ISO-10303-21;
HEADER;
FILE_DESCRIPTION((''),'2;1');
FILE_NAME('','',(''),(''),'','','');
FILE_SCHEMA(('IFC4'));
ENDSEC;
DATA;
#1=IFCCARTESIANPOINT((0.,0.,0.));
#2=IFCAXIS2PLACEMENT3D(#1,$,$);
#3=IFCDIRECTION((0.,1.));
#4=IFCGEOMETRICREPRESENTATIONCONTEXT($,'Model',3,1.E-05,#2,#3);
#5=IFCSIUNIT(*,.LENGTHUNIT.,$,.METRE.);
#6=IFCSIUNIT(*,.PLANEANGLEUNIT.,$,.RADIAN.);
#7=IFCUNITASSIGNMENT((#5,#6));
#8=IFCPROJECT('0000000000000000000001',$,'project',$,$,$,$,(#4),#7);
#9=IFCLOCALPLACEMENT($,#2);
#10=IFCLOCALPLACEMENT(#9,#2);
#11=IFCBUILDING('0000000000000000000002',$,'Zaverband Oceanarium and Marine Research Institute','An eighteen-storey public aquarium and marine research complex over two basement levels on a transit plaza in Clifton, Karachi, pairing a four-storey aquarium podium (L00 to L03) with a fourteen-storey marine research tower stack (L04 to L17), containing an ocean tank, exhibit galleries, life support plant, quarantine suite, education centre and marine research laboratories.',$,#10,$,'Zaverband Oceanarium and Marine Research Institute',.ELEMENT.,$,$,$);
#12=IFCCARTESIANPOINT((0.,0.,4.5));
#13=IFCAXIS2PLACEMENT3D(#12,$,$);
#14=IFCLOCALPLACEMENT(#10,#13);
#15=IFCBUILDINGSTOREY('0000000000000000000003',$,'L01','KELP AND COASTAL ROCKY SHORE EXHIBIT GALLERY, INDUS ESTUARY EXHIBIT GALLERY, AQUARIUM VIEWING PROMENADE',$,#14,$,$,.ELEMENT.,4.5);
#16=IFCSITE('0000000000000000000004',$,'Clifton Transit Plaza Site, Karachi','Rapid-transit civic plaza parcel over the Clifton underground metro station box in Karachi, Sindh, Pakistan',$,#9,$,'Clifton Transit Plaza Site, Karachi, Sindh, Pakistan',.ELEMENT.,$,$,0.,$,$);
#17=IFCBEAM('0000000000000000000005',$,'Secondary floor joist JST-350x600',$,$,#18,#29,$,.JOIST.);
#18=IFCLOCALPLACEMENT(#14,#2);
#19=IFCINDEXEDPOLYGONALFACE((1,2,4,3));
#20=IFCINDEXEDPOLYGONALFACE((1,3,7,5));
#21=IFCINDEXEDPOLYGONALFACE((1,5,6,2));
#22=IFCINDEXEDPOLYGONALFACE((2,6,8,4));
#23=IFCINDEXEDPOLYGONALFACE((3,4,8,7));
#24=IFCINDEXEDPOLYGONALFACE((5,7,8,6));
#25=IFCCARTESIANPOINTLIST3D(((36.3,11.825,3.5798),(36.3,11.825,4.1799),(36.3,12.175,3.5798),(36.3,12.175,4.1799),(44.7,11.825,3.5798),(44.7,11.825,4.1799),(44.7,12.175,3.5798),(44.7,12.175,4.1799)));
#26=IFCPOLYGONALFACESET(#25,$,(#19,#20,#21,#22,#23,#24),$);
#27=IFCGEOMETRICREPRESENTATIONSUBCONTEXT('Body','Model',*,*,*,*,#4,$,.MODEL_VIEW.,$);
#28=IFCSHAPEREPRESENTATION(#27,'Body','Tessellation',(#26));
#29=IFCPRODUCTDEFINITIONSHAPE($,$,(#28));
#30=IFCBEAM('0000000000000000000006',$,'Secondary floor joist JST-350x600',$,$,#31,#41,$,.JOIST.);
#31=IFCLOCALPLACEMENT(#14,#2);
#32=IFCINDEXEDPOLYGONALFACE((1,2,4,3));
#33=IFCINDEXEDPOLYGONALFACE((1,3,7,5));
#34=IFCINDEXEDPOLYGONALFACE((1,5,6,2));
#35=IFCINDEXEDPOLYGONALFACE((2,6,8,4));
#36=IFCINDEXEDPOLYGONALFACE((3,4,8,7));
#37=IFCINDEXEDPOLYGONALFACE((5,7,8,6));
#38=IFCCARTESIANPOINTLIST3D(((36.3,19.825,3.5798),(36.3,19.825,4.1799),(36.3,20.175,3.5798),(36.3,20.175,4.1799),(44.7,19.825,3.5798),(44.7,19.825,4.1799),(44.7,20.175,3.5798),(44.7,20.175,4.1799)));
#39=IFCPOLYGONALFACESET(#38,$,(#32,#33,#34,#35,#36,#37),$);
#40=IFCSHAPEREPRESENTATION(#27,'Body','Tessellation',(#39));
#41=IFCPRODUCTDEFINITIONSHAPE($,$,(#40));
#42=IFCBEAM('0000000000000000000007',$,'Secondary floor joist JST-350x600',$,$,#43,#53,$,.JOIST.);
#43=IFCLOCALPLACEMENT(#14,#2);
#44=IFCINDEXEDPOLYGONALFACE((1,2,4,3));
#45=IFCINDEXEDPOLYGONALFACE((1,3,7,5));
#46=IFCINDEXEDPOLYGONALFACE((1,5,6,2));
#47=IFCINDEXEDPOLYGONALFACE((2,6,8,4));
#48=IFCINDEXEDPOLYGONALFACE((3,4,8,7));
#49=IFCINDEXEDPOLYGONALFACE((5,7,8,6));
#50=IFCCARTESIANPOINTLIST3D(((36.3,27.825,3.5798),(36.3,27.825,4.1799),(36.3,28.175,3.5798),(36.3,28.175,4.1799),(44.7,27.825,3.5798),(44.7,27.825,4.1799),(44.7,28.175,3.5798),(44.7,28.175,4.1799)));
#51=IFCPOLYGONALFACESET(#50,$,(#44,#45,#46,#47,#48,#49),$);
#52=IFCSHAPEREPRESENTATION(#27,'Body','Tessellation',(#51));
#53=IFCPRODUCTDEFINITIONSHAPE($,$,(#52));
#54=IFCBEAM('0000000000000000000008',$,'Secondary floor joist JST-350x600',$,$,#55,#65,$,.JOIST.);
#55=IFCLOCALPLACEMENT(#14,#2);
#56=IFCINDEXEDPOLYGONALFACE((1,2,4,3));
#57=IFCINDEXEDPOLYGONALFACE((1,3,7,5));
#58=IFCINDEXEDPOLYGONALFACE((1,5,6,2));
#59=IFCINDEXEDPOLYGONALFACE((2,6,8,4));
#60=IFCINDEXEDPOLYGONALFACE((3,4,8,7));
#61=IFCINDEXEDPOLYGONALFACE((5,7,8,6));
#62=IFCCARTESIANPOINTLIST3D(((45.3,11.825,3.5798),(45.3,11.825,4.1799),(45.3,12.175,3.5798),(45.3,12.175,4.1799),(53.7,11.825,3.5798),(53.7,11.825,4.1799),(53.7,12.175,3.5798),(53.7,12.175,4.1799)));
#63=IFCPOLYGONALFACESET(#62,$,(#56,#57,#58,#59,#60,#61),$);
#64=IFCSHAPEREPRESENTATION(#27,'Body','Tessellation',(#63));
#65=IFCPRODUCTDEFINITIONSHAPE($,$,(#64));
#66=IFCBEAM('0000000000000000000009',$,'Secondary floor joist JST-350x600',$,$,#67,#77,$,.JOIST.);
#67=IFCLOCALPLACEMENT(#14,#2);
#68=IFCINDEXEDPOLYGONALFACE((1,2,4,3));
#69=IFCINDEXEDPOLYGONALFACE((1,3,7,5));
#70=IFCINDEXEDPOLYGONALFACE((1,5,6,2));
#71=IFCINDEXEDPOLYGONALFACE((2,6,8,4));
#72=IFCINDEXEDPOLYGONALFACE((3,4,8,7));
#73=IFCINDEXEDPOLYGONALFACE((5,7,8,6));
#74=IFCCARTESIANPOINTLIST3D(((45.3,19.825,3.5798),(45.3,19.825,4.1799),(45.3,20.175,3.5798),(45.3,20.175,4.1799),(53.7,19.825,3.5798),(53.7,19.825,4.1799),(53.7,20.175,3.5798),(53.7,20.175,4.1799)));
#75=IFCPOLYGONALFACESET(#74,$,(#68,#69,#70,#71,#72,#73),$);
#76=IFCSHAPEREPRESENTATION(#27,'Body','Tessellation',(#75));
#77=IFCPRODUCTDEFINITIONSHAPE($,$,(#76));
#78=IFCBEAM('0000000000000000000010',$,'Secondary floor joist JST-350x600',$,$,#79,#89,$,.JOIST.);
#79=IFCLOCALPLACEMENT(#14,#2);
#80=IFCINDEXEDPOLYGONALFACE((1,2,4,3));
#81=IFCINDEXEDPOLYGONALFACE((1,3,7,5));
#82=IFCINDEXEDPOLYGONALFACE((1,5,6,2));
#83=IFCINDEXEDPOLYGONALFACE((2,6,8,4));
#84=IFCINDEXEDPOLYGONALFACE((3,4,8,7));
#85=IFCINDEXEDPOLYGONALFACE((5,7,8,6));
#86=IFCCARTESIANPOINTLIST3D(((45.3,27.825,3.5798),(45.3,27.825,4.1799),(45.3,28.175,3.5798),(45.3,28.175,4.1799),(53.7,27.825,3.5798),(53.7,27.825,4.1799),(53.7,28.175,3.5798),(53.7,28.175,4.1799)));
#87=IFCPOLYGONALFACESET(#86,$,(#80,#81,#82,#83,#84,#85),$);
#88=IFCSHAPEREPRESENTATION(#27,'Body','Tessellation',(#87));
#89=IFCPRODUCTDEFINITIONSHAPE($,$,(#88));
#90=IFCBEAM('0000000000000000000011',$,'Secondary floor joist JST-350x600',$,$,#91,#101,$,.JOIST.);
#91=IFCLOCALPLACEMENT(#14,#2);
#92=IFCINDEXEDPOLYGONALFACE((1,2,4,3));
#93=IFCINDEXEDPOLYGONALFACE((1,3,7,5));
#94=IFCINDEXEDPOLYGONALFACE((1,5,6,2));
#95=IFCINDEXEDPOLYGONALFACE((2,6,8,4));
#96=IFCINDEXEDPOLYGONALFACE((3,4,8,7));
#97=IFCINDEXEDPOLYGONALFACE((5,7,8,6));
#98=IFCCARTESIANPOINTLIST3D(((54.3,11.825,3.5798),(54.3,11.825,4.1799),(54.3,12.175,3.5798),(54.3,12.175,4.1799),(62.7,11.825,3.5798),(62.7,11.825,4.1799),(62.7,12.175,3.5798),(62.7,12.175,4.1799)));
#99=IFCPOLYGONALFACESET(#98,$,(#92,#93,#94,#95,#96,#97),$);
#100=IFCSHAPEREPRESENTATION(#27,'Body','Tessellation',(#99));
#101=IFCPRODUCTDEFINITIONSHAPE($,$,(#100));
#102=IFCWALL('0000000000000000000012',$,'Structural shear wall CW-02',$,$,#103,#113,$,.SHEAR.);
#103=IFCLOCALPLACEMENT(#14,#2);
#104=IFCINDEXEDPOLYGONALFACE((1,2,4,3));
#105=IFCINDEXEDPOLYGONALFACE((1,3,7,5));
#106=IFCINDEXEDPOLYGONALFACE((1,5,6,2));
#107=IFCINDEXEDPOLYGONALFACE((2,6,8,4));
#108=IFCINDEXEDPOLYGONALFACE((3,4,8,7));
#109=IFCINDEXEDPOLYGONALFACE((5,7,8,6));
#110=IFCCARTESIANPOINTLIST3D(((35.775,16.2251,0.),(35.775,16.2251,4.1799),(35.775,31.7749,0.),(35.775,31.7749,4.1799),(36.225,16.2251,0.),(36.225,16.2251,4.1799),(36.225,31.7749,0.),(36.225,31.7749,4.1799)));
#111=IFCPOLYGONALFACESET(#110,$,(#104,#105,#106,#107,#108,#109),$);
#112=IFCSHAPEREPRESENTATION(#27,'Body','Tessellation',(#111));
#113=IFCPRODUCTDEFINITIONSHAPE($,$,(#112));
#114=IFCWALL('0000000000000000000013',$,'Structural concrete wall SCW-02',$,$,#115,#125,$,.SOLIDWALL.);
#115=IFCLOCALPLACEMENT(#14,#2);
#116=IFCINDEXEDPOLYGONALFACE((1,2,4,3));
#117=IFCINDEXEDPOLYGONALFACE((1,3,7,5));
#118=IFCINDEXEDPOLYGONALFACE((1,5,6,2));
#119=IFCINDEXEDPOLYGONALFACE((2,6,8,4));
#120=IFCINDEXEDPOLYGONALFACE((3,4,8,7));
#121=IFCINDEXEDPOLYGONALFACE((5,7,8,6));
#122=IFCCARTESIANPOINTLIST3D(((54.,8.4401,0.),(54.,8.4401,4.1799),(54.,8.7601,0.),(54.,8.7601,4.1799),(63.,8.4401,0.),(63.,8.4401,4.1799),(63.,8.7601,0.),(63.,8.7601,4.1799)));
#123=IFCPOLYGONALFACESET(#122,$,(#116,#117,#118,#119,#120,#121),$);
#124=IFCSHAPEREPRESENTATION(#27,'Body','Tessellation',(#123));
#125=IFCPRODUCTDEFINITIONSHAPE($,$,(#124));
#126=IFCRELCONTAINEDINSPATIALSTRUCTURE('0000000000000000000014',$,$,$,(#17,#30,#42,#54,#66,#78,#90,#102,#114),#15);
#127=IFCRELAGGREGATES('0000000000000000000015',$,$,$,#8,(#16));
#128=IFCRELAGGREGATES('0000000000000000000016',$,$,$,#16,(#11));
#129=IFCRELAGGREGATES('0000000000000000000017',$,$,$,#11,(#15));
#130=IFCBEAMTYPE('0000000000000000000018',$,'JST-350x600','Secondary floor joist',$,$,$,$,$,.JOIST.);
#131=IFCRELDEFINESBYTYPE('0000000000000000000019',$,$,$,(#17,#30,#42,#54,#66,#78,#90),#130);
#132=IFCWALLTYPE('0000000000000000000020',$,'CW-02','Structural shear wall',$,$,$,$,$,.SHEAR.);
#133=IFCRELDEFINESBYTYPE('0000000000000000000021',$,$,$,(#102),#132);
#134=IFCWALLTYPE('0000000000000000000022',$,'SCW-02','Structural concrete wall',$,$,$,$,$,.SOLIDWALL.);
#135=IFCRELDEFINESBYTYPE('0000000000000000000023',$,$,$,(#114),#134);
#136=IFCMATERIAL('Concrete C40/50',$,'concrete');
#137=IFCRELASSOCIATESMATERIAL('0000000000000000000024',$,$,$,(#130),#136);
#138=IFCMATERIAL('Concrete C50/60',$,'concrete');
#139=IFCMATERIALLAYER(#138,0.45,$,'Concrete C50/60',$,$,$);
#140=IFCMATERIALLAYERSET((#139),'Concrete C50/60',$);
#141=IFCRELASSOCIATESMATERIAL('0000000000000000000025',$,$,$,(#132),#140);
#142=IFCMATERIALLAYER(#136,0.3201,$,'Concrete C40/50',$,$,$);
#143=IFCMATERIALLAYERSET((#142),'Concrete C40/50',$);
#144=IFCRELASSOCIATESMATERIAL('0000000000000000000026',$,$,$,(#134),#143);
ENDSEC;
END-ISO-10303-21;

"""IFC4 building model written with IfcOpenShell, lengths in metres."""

from ifc_helpers import new_model, si_unit, direction, frame, frame_2d, origin, origin_2d, place, context, subcontext, project, spatial, rectangle, extrude, material, layer, layer_set, material_profile, profile_set, type_object, element, save


model = new_model("IFC4")

# Units and contexts
model_context = context("Model", 3, precision=1e-05, world=origin(), true_north=direction((0.0, 1.0)))
body_context = subcontext(model_context, "Body", "Model", "MODEL_VIEW")
ifc_project = project(units=[si_unit("LENGTHUNIT", "METRE"), si_unit("PLANEANGLEUNIT", "RADIAN")], contexts=[model_context])

# Site, building, storey
site_placement = place(None, origin())
site = spatial("IfcSite", under=ifc_project, at=site_placement, Name="Clifton Transit Plaza Site, Karachi", Description="Rapid-transit civic plaza parcel over the Clifton underground metro station box in Karachi, Sindh, Pakistan", LongName="Clifton Transit Plaza Site, Karachi, Sindh, Pakistan", CompositionType="ELEMENT", RefElevation=0.0)
building_placement = place(site_placement, origin())
building = spatial("IfcBuilding", under=site, at=building_placement, Name="Zaverband Oceanarium and Marine Research Institute", Description="An eighteen-storey public aquarium and marine research complex over two basement levels on a transit plaza in Clifton, Karachi, pairing a four-storey aquarium podium (L00 to L03) with a fourteen-storey marine research tower stack (L04 to L17), containing an ocean tank, exhibit galleries, life support plant, quarantine suite, education centre and marine research laboratories.", LongName="Zaverband Oceanarium and Marine Research Institute", CompositionType="ELEMENT")
storey_placement = place(building_placement, frame((0.0, 0.0, 4.5)))
storey = spatial("IfcBuildingStorey", under=building, at=storey_placement, Name="L01", Description="KELP AND COASTAL ROCKY SHORE EXHIBIT GALLERY, INDUS ESTUARY EXHIBIT GALLERY, AQUARIUM VIEWING PROMENADE", CompositionType="ELEMENT", Elevation=4.5)

# Shared definitions
ifc_material_1 = material(Name="Concrete C50/60", Category="concrete")

# Beams
ifc_material_2 = material(Name="Concrete C40/50", Category="concrete")
ifc_material_profile_1 = material_profile(ifc_material_2, rectangle(XDim=0.3501, YDim=0.6001, at=origin_2d()), Name="RC350x600")
ifc_profile_set_1 = profile_set([ifc_material_profile_1], Name="Concrete C40/50")
beam_type_1 = type_object("IfcBeamType", Name="JST-350x600", Description="Secondary floor joist", PredefinedType="JOIST", material=ifc_profile_set_1)
for number, where, z_axis, x_axis, name in (
    (1, (36.3, 12.0, 3.8799), (1.0, 0.0, 0.0), (0.0, 1.0, 0.0), "Secondary floor joist JST-350x600"),
    (2, (36.3, 20.0, 3.8799), (1.0, 0.0, 0.0), (0.0, 1.0, 0.0), "Secondary floor joist JST-350x600"),
    (3, (36.3, 28.0, 3.8799), (1.0, 0.0, 0.0), (0.0, 1.0, 0.0), "Secondary floor joist JST-350x600"),
    (4, (45.3, 12.0, 3.8799), (1.0, 0.0, 0.0), (0.0, 1.0, 0.0), "Secondary floor joist JST-350x600"),
    (5, (45.3, 20.0, 3.8799), (1.0, 0.0, 0.0), (0.0, 1.0, 0.0), "Secondary floor joist JST-350x600"),
    (6, (45.3, 28.0, 3.8799), (1.0, 0.0, 0.0), (0.0, 1.0, 0.0), "Secondary floor joist JST-350x600"),
    (7, (54.3, 12.0, 3.8799), (1.0, 0.0, 0.0), (0.0, 1.0, 0.0), "Secondary floor joist JST-350x600"),
):
    element("IfcBeam", number, at=place(storey_placement, frame(where, z_axis=z_axis, x_axis=x_axis)), inside=storey, type_object=beam_type_1, Name=name, PredefinedType="JOIST", context=body_context, shape_type="SweptSolid", body=[
        extrude(rectangle(XDim=0.3501, YDim=0.6001, at=origin_2d()), origin(), (0.0, 0.0, 1.0), 8.3999),
    ])

# Walls
ifc_layer_1 = layer(ifc_material_1, 0.45, Name="Concrete C50/60")
ifc_layer_set_1 = layer_set([ifc_layer_1], Name="Concrete C50/60")
wall_type_1 = type_object("IfcWallType", Name="CW-02", Description="Structural shear wall", PredefinedType="SHEAR", material=ifc_layer_set_1)
wall_1_placement = place(storey_placement, frame((36.0, 16.2251, 0.0), z_axis=(0.0, 0.0, 1.0), x_axis=(0.0, 1.0, 0.0)))
element("IfcWall", 8, at=wall_1_placement, inside=storey, type_object=wall_type_1, Name="Structural shear wall CW-02", PredefinedType="SHEAR", context=body_context, shape_type="SweptSolid", body=[
    extrude(rectangle(XDim=15.5498, YDim=0.45, at=frame_2d((7.7749, 0.0))), origin(), (0.0, 0.0, 1.0), 4.1799),
])
ifc_layer_2 = layer(ifc_material_2, 0.3201, Name="Concrete C40/50")
ifc_layer_set_2 = layer_set([ifc_layer_2], Name="Concrete C40/50")
wall_type_2 = type_object("IfcWallType", Name="SCW-02", Description="Structural concrete wall", PredefinedType="SOLIDWALL", material=ifc_layer_set_2)
wall_2_placement = place(storey_placement, frame((54.0, 8.6001, 0.0), z_axis=(0.0, 0.0, 1.0), x_axis=(1.0, 0.0, 0.0)))
element("IfcWall", 9, at=wall_2_placement, inside=storey, type_object=wall_type_2, Name="Structural concrete wall SCW-02", PredefinedType="SOLIDWALL", context=body_context, shape_type="SweptSolid", body=[
    extrude(rectangle(XDim=9.0, YDim=0.3201, at=frame_2d((4.5, 0.0))), origin(), (0.0, 0.0, 1.0), 4.1799),
])

save(model, "model.ifc")
